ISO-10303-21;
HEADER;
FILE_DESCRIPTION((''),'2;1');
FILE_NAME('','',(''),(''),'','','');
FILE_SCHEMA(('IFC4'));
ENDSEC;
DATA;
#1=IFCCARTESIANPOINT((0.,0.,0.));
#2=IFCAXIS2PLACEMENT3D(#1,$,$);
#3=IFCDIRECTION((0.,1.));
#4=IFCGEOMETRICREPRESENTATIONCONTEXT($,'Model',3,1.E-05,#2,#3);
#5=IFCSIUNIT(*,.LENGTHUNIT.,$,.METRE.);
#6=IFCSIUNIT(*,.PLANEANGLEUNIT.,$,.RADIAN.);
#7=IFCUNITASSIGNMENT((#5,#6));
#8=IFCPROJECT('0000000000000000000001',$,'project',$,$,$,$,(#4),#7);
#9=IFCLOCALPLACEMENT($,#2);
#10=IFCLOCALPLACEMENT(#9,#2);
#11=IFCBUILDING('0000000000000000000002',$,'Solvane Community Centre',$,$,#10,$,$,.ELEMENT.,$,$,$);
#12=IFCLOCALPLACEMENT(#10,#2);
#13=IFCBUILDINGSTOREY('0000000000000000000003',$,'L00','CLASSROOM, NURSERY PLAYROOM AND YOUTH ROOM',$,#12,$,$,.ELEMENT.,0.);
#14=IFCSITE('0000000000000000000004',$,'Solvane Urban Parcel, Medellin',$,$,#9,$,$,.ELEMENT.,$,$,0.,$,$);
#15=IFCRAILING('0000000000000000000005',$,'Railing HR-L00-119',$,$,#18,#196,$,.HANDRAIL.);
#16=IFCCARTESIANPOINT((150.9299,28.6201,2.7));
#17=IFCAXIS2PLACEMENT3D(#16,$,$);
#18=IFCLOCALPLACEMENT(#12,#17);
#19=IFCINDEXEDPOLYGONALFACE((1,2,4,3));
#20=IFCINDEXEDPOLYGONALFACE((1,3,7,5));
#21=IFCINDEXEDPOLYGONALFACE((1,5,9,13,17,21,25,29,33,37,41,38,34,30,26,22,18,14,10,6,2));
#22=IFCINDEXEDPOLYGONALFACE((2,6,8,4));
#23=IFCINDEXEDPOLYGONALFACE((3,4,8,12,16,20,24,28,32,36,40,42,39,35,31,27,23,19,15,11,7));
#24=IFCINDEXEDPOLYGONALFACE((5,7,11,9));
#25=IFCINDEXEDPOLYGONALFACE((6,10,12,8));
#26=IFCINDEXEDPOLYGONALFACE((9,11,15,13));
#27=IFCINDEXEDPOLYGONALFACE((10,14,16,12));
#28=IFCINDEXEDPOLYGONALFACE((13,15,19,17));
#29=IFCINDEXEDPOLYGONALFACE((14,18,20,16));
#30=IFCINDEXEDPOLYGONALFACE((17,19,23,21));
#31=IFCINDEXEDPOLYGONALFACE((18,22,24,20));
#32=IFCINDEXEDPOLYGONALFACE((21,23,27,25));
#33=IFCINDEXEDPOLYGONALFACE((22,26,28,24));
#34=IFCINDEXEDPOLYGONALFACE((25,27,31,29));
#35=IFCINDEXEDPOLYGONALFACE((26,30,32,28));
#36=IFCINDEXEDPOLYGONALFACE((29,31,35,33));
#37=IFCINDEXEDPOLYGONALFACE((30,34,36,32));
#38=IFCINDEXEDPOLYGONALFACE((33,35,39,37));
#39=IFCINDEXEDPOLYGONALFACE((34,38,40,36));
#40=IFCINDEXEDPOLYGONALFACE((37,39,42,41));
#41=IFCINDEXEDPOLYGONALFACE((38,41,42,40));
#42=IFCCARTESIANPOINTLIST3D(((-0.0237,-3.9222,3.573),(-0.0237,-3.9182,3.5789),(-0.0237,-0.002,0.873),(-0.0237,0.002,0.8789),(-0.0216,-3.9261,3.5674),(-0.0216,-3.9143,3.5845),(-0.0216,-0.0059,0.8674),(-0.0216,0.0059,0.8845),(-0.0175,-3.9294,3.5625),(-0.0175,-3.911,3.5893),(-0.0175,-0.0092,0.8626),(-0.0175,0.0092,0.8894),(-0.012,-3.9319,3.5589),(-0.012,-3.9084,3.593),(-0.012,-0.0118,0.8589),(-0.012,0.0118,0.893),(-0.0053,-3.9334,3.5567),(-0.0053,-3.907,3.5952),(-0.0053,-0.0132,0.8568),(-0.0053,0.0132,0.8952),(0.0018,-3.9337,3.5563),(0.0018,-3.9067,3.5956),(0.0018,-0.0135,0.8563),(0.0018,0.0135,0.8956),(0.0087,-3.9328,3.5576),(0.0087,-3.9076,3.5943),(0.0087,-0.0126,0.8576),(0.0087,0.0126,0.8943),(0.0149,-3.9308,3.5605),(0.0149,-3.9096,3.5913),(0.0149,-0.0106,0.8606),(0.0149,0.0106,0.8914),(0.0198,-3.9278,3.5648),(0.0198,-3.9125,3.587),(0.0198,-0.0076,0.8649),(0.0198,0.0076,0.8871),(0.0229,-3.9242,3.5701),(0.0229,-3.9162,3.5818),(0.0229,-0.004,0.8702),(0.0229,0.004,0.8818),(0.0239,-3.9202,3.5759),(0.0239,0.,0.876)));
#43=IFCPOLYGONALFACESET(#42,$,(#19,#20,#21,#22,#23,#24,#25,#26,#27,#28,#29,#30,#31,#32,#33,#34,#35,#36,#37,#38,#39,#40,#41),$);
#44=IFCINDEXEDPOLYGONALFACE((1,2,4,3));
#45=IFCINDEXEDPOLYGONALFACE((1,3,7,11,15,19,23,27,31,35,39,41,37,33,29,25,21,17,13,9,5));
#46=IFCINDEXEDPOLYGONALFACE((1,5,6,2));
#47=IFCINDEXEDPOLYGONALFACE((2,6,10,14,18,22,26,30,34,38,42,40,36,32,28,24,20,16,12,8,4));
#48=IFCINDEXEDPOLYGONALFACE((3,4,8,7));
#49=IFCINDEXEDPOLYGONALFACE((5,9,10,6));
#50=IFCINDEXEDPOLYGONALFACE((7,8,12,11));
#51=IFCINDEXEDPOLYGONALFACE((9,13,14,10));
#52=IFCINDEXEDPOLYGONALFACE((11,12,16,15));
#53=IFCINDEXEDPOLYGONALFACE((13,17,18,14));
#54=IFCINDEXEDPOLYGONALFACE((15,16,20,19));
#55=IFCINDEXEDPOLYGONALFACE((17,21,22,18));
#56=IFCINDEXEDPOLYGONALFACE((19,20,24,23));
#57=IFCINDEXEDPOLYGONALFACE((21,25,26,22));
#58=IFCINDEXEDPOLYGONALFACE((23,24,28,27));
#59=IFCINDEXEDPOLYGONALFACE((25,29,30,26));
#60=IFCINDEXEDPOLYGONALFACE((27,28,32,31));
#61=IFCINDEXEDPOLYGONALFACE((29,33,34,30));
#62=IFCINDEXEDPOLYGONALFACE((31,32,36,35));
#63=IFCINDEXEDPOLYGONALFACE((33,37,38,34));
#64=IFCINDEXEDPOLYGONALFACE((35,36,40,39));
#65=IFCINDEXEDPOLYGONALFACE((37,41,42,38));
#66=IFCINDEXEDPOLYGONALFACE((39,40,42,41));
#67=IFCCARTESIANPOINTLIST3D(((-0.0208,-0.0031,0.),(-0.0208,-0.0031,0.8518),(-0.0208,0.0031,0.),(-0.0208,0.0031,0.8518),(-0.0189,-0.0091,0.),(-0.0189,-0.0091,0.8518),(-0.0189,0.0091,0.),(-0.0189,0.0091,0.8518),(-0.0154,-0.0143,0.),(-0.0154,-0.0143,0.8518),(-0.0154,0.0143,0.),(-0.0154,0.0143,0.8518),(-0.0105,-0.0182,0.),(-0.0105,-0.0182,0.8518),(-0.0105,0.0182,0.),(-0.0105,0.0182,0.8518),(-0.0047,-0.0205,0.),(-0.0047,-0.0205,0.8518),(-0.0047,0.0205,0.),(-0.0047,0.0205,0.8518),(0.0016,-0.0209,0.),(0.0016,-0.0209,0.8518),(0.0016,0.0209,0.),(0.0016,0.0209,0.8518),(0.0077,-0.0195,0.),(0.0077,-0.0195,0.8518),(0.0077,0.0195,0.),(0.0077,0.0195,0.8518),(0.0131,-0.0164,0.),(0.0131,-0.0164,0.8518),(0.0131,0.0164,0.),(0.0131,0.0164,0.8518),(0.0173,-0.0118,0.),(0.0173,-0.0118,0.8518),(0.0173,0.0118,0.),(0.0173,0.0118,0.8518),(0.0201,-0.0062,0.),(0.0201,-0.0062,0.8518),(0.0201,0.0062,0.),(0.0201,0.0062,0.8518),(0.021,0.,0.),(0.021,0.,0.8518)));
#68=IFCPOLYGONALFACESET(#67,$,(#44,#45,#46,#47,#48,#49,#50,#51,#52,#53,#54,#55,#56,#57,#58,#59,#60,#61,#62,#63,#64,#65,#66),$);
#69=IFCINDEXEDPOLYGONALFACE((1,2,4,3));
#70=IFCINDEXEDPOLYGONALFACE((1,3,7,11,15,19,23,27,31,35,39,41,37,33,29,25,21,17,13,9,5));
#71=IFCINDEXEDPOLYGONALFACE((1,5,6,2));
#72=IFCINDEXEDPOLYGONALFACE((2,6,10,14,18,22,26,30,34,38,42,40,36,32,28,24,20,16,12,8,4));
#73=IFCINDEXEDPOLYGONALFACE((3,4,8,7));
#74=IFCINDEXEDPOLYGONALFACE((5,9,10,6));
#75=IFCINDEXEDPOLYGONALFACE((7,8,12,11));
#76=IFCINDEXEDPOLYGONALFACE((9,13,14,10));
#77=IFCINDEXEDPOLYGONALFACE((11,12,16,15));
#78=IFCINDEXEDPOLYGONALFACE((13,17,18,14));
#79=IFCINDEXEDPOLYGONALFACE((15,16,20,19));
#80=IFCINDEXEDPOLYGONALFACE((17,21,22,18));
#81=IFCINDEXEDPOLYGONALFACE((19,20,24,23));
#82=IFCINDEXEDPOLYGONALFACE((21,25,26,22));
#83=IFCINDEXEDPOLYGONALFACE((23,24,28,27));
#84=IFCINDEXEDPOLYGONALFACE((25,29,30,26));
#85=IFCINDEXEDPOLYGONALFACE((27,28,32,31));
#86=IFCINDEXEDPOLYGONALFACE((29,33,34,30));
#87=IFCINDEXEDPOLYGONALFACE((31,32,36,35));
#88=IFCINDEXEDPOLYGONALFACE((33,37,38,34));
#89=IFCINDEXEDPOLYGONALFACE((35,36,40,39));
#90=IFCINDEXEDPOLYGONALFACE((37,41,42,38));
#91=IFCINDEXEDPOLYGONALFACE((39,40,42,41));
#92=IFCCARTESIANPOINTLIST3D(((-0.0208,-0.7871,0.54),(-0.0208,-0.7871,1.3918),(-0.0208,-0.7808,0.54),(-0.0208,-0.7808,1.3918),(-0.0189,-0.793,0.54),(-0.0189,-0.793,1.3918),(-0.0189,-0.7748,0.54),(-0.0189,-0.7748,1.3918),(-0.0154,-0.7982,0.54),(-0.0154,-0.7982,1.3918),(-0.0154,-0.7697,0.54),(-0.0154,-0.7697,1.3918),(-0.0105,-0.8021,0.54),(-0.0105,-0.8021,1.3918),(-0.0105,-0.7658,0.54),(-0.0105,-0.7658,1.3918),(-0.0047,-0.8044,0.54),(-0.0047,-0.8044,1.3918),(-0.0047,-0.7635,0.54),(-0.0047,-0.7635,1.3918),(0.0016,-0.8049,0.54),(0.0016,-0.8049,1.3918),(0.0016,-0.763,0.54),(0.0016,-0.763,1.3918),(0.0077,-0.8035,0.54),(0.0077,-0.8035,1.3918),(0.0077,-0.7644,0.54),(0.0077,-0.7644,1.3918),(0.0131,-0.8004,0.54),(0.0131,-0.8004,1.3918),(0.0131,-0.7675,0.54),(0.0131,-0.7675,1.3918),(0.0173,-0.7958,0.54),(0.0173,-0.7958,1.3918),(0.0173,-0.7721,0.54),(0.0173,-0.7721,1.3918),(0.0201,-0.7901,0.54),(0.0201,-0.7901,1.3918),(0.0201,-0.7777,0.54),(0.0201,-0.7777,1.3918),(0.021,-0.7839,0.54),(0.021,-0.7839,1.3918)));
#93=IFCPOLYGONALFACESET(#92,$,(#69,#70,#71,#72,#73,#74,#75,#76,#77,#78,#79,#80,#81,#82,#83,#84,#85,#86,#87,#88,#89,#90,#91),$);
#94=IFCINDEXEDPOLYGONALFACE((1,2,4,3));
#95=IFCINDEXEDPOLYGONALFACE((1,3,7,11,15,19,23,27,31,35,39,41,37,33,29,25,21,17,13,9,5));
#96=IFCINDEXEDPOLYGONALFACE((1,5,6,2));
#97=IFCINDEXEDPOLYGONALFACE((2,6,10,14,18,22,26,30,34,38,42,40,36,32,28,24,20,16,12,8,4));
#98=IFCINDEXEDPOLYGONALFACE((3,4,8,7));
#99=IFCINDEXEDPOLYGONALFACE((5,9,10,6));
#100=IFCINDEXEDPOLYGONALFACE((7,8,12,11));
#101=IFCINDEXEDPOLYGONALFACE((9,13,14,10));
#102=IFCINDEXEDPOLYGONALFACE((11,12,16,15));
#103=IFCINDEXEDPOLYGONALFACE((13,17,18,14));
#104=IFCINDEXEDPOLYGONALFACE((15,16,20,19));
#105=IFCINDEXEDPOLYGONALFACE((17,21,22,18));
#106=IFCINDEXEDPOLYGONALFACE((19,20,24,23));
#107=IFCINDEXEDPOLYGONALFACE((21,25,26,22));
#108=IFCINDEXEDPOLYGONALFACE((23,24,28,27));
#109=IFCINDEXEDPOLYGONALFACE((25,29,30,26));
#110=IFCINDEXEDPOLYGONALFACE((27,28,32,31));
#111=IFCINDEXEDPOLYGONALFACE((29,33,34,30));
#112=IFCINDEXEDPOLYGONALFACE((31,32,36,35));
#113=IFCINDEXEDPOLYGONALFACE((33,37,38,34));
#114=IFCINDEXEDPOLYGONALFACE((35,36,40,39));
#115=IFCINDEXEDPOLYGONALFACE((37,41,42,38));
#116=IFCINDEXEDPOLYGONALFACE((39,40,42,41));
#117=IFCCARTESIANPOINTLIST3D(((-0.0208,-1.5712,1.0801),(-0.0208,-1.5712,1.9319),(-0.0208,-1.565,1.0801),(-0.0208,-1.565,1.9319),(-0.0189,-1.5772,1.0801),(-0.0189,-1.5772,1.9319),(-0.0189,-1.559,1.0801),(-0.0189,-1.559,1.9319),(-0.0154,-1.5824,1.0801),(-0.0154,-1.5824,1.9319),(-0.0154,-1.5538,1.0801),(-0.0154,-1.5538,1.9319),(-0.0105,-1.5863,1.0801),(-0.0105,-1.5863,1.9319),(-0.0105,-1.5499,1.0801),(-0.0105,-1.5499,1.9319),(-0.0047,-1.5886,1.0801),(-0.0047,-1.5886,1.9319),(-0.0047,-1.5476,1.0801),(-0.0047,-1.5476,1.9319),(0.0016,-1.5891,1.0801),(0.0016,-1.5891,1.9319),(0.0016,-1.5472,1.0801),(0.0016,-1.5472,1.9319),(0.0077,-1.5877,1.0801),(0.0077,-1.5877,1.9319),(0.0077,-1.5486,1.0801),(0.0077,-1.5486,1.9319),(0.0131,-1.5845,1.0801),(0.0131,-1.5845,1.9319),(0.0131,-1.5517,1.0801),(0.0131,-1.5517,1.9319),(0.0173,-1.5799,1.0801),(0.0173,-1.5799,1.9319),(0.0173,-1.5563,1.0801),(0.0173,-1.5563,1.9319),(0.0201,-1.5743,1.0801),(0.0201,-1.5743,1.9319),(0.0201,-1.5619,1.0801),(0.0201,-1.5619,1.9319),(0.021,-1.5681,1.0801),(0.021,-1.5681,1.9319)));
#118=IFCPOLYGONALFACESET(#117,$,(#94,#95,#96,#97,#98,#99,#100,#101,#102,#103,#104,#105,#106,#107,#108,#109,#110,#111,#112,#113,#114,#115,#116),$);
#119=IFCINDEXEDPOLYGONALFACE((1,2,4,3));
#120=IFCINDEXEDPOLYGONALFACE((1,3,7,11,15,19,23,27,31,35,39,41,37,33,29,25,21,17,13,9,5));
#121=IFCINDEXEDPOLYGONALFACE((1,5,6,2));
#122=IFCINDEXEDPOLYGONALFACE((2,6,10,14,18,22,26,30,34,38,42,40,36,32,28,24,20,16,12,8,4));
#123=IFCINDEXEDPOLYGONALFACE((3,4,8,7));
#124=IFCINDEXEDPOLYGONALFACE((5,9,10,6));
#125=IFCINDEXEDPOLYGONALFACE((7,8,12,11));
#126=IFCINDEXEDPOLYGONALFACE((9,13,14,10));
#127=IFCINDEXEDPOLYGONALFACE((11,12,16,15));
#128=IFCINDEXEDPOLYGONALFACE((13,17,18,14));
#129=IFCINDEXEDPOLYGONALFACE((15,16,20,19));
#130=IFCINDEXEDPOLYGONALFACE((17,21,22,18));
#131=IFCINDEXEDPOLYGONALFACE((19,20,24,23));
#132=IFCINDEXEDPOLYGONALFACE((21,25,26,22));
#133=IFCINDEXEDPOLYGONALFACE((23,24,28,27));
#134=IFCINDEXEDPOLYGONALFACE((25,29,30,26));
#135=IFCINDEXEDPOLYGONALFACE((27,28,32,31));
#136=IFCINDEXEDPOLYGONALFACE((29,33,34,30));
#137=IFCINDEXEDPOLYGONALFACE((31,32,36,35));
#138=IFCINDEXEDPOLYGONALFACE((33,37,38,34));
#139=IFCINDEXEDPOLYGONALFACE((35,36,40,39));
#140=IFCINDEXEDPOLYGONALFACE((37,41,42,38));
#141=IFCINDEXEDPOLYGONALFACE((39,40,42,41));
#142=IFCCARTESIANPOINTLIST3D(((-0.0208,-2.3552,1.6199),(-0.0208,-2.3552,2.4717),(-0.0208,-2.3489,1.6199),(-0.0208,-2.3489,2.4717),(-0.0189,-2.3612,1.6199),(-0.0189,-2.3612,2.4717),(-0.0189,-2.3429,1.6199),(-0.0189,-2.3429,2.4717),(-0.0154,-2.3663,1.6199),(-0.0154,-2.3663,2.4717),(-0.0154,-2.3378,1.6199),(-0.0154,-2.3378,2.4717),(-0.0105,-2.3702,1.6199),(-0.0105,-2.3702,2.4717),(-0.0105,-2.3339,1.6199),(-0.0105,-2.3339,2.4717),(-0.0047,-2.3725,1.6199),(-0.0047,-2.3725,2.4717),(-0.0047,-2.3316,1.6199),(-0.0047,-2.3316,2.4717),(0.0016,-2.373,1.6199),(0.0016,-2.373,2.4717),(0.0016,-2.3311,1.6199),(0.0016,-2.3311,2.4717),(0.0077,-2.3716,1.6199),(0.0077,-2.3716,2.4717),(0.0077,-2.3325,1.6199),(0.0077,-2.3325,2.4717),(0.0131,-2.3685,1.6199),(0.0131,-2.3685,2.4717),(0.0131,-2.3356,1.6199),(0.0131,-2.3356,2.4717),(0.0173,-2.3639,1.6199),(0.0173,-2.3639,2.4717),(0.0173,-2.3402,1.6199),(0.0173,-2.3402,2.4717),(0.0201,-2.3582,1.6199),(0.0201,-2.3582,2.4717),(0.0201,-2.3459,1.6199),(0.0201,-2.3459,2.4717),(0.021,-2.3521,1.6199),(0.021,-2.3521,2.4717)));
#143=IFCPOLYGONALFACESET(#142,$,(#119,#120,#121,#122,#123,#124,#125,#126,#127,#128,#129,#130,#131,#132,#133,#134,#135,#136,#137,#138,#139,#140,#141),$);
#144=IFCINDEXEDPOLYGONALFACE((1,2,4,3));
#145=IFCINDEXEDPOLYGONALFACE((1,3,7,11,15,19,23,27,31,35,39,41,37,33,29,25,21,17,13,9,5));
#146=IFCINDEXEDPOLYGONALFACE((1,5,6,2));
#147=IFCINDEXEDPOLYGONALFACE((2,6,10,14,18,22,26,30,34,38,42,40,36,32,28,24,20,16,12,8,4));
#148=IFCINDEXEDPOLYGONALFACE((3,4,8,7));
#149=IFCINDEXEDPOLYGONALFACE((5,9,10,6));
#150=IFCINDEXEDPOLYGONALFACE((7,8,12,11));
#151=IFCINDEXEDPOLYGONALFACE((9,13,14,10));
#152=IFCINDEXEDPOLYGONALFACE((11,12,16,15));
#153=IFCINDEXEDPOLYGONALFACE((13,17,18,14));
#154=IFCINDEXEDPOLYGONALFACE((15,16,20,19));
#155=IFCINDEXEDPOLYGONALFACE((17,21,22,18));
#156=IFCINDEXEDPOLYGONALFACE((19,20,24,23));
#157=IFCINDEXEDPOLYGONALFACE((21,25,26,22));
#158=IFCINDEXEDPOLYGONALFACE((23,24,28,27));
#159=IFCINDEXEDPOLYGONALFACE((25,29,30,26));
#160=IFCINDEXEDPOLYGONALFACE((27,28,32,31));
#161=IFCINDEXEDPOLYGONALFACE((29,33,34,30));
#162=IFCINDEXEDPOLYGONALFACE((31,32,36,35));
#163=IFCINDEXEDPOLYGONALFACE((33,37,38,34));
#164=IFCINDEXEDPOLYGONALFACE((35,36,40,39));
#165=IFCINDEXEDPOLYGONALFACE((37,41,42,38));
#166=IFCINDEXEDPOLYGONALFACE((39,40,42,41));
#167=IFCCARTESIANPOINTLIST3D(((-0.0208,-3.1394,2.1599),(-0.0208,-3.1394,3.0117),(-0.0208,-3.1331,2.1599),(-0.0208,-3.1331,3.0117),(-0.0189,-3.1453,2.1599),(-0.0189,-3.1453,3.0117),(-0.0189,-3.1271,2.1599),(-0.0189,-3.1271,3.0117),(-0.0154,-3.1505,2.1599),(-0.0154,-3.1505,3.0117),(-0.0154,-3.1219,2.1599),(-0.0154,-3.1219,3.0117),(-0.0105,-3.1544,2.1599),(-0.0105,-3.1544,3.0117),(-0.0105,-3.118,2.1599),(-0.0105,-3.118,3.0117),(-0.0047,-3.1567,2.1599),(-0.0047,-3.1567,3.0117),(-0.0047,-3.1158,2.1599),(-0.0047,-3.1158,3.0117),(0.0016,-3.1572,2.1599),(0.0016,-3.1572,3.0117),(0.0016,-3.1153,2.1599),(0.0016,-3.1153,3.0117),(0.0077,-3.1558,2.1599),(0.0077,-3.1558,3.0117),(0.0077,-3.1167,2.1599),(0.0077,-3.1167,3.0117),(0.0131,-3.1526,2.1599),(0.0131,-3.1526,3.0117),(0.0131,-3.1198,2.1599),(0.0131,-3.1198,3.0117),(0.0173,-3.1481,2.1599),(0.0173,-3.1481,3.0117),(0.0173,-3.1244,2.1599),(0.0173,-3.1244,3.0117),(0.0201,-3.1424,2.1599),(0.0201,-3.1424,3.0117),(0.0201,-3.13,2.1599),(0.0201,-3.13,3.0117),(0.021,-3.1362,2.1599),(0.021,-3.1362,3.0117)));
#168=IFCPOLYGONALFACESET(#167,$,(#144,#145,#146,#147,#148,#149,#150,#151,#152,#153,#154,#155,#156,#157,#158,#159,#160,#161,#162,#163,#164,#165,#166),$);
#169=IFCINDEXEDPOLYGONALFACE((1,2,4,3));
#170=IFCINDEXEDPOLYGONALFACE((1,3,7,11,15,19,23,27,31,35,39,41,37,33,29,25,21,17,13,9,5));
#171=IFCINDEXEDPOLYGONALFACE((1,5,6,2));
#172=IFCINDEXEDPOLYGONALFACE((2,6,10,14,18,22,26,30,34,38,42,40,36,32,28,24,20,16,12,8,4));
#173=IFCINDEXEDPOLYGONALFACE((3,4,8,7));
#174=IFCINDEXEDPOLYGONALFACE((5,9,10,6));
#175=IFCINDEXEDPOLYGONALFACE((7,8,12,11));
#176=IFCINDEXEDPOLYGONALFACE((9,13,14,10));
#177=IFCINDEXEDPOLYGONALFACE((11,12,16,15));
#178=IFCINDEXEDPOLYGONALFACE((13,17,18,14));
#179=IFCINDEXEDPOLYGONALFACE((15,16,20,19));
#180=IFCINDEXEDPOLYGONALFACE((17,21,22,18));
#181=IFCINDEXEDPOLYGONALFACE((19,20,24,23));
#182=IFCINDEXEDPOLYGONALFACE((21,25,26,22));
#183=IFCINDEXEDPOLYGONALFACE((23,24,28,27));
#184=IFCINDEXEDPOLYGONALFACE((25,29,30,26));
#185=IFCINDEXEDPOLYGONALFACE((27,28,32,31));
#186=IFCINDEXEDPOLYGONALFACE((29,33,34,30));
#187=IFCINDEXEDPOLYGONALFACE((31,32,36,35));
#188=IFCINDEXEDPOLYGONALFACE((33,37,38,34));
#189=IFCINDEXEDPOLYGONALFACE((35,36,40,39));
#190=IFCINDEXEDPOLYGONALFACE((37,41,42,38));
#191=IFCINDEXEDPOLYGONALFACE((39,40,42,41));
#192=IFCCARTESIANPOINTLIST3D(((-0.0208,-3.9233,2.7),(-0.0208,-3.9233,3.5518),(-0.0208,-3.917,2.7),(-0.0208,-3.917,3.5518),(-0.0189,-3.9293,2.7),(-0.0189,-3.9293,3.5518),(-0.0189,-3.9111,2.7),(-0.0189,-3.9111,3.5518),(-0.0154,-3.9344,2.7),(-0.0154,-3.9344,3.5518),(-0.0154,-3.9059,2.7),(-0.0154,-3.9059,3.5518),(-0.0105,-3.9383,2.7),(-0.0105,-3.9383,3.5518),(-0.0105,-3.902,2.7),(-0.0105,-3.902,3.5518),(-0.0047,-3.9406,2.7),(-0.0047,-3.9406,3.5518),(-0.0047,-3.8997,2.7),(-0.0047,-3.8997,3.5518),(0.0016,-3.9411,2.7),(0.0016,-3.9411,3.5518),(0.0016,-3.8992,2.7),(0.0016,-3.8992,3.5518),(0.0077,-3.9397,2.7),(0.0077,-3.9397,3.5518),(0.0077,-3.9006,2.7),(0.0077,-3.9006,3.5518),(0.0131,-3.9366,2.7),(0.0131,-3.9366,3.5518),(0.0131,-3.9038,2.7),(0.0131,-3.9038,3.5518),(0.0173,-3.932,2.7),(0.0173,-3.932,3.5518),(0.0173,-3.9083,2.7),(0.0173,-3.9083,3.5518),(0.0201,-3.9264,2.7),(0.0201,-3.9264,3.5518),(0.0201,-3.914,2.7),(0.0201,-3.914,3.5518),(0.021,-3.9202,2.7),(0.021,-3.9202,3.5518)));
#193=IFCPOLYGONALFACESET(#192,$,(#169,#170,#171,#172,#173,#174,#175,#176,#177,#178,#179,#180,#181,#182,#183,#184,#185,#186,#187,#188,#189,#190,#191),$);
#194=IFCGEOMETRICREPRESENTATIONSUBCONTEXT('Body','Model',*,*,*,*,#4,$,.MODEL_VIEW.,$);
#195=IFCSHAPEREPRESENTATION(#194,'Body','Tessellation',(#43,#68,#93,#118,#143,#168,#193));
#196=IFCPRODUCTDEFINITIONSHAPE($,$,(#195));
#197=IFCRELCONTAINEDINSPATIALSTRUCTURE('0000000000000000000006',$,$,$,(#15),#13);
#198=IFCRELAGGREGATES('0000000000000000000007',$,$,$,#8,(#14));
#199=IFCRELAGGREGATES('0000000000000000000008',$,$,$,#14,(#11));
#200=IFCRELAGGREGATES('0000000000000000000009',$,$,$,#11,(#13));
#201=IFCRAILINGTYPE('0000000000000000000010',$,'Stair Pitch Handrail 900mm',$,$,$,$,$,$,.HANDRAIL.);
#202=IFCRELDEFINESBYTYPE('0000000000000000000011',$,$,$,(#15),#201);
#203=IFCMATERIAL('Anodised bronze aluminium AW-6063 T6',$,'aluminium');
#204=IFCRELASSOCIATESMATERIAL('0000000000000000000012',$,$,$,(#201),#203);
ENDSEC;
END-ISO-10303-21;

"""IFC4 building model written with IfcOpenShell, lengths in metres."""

from ifc_helpers import new_model, si_unit, direction, frame, origin, origin_2d, place, context, subcontext, project, spatial, circle, extrude, material, type_object, element, save


model = new_model("IFC4")

# Units and contexts
model_context = context("Model", 3, precision=1e-05, world=origin(), true_north=direction((0.0, 1.0)))
body_context = subcontext(model_context, "Body", "Model", "MODEL_VIEW")
ifc_project = project(units=[si_unit("LENGTHUNIT", "METRE"), si_unit("PLANEANGLEUNIT", "RADIAN")], contexts=[model_context])

# Site, building, storey
site_placement = place(None, origin())
site = spatial("IfcSite", under=ifc_project, at=site_placement, Name="Solvane Urban Parcel, Medellin", CompositionType="ELEMENT", RefElevation=0.0)
building_placement = place(site_placement, origin())
building = spatial("IfcBuilding", under=site, at=building_placement, Name="Solvane Community Centre", CompositionType="ELEMENT")
storey_placement = place(building_placement, origin())
storey = spatial("IfcBuildingStorey", under=building, at=storey_placement, Name="L00", Description="CLASSROOM, NURSERY PLAYROOM AND YOUTH ROOM", CompositionType="ELEMENT", Elevation=0.0)

# Railing
ifc_material_1 = material(Name="Anodised bronze aluminium AW-6063 T6", Category="aluminium")
railing_type = type_object("IfcRailingType", Name="Stair Pitch Handrail 900mm", PredefinedType="HANDRAIL", material=ifc_material_1)
railing_placement = place(storey_placement, frame((150.9299, 28.6201, 2.7)))
element("IfcRailing", 1, at=railing_placement, inside=storey, type_object=railing_type, Name="Railing HR-L00-119", PredefinedType="HANDRAIL", context=body_context, shape_type="SweptSolid", body=[
    extrude(circle(Radius=0.0239, at=origin_2d()), frame((0.0, 0.0, 0.876), z_axis=(0.0, -0.823567, 0.567219), x_axis=(1.0, 0.0, 0.0)), (0.0, 0.0, 1.0), 4.76),
    extrude(circle(Radius=0.021, at=origin_2d()), origin(), (0.0, 0.0, 1.0), 0.8518),
    extrude(circle(Radius=0.021, at=origin_2d()), frame((0.0, -0.7839, 0.54)), (0.0, 0.0, 1.0), 0.8518),
    extrude(circle(Radius=0.021, at=origin_2d()), frame((0.0, -1.5681, 1.0801)), (0.0, 0.0, 1.0), 0.8518),
    extrude(circle(Radius=0.021, at=origin_2d()), frame((0.0, -2.3521, 1.6199)), (0.0, 0.0, 1.0), 0.8518),
    extrude(circle(Radius=0.021, at=origin_2d()), frame((0.0, -3.1362, 2.1599)), (0.0, 0.0, 1.0), 0.8518),
    extrude(circle(Radius=0.021, at=origin_2d()), frame((0.0, -3.9202, 2.7)), (0.0, 0.0, 1.0), 0.8518),
])

save(model, "model.ifc")
